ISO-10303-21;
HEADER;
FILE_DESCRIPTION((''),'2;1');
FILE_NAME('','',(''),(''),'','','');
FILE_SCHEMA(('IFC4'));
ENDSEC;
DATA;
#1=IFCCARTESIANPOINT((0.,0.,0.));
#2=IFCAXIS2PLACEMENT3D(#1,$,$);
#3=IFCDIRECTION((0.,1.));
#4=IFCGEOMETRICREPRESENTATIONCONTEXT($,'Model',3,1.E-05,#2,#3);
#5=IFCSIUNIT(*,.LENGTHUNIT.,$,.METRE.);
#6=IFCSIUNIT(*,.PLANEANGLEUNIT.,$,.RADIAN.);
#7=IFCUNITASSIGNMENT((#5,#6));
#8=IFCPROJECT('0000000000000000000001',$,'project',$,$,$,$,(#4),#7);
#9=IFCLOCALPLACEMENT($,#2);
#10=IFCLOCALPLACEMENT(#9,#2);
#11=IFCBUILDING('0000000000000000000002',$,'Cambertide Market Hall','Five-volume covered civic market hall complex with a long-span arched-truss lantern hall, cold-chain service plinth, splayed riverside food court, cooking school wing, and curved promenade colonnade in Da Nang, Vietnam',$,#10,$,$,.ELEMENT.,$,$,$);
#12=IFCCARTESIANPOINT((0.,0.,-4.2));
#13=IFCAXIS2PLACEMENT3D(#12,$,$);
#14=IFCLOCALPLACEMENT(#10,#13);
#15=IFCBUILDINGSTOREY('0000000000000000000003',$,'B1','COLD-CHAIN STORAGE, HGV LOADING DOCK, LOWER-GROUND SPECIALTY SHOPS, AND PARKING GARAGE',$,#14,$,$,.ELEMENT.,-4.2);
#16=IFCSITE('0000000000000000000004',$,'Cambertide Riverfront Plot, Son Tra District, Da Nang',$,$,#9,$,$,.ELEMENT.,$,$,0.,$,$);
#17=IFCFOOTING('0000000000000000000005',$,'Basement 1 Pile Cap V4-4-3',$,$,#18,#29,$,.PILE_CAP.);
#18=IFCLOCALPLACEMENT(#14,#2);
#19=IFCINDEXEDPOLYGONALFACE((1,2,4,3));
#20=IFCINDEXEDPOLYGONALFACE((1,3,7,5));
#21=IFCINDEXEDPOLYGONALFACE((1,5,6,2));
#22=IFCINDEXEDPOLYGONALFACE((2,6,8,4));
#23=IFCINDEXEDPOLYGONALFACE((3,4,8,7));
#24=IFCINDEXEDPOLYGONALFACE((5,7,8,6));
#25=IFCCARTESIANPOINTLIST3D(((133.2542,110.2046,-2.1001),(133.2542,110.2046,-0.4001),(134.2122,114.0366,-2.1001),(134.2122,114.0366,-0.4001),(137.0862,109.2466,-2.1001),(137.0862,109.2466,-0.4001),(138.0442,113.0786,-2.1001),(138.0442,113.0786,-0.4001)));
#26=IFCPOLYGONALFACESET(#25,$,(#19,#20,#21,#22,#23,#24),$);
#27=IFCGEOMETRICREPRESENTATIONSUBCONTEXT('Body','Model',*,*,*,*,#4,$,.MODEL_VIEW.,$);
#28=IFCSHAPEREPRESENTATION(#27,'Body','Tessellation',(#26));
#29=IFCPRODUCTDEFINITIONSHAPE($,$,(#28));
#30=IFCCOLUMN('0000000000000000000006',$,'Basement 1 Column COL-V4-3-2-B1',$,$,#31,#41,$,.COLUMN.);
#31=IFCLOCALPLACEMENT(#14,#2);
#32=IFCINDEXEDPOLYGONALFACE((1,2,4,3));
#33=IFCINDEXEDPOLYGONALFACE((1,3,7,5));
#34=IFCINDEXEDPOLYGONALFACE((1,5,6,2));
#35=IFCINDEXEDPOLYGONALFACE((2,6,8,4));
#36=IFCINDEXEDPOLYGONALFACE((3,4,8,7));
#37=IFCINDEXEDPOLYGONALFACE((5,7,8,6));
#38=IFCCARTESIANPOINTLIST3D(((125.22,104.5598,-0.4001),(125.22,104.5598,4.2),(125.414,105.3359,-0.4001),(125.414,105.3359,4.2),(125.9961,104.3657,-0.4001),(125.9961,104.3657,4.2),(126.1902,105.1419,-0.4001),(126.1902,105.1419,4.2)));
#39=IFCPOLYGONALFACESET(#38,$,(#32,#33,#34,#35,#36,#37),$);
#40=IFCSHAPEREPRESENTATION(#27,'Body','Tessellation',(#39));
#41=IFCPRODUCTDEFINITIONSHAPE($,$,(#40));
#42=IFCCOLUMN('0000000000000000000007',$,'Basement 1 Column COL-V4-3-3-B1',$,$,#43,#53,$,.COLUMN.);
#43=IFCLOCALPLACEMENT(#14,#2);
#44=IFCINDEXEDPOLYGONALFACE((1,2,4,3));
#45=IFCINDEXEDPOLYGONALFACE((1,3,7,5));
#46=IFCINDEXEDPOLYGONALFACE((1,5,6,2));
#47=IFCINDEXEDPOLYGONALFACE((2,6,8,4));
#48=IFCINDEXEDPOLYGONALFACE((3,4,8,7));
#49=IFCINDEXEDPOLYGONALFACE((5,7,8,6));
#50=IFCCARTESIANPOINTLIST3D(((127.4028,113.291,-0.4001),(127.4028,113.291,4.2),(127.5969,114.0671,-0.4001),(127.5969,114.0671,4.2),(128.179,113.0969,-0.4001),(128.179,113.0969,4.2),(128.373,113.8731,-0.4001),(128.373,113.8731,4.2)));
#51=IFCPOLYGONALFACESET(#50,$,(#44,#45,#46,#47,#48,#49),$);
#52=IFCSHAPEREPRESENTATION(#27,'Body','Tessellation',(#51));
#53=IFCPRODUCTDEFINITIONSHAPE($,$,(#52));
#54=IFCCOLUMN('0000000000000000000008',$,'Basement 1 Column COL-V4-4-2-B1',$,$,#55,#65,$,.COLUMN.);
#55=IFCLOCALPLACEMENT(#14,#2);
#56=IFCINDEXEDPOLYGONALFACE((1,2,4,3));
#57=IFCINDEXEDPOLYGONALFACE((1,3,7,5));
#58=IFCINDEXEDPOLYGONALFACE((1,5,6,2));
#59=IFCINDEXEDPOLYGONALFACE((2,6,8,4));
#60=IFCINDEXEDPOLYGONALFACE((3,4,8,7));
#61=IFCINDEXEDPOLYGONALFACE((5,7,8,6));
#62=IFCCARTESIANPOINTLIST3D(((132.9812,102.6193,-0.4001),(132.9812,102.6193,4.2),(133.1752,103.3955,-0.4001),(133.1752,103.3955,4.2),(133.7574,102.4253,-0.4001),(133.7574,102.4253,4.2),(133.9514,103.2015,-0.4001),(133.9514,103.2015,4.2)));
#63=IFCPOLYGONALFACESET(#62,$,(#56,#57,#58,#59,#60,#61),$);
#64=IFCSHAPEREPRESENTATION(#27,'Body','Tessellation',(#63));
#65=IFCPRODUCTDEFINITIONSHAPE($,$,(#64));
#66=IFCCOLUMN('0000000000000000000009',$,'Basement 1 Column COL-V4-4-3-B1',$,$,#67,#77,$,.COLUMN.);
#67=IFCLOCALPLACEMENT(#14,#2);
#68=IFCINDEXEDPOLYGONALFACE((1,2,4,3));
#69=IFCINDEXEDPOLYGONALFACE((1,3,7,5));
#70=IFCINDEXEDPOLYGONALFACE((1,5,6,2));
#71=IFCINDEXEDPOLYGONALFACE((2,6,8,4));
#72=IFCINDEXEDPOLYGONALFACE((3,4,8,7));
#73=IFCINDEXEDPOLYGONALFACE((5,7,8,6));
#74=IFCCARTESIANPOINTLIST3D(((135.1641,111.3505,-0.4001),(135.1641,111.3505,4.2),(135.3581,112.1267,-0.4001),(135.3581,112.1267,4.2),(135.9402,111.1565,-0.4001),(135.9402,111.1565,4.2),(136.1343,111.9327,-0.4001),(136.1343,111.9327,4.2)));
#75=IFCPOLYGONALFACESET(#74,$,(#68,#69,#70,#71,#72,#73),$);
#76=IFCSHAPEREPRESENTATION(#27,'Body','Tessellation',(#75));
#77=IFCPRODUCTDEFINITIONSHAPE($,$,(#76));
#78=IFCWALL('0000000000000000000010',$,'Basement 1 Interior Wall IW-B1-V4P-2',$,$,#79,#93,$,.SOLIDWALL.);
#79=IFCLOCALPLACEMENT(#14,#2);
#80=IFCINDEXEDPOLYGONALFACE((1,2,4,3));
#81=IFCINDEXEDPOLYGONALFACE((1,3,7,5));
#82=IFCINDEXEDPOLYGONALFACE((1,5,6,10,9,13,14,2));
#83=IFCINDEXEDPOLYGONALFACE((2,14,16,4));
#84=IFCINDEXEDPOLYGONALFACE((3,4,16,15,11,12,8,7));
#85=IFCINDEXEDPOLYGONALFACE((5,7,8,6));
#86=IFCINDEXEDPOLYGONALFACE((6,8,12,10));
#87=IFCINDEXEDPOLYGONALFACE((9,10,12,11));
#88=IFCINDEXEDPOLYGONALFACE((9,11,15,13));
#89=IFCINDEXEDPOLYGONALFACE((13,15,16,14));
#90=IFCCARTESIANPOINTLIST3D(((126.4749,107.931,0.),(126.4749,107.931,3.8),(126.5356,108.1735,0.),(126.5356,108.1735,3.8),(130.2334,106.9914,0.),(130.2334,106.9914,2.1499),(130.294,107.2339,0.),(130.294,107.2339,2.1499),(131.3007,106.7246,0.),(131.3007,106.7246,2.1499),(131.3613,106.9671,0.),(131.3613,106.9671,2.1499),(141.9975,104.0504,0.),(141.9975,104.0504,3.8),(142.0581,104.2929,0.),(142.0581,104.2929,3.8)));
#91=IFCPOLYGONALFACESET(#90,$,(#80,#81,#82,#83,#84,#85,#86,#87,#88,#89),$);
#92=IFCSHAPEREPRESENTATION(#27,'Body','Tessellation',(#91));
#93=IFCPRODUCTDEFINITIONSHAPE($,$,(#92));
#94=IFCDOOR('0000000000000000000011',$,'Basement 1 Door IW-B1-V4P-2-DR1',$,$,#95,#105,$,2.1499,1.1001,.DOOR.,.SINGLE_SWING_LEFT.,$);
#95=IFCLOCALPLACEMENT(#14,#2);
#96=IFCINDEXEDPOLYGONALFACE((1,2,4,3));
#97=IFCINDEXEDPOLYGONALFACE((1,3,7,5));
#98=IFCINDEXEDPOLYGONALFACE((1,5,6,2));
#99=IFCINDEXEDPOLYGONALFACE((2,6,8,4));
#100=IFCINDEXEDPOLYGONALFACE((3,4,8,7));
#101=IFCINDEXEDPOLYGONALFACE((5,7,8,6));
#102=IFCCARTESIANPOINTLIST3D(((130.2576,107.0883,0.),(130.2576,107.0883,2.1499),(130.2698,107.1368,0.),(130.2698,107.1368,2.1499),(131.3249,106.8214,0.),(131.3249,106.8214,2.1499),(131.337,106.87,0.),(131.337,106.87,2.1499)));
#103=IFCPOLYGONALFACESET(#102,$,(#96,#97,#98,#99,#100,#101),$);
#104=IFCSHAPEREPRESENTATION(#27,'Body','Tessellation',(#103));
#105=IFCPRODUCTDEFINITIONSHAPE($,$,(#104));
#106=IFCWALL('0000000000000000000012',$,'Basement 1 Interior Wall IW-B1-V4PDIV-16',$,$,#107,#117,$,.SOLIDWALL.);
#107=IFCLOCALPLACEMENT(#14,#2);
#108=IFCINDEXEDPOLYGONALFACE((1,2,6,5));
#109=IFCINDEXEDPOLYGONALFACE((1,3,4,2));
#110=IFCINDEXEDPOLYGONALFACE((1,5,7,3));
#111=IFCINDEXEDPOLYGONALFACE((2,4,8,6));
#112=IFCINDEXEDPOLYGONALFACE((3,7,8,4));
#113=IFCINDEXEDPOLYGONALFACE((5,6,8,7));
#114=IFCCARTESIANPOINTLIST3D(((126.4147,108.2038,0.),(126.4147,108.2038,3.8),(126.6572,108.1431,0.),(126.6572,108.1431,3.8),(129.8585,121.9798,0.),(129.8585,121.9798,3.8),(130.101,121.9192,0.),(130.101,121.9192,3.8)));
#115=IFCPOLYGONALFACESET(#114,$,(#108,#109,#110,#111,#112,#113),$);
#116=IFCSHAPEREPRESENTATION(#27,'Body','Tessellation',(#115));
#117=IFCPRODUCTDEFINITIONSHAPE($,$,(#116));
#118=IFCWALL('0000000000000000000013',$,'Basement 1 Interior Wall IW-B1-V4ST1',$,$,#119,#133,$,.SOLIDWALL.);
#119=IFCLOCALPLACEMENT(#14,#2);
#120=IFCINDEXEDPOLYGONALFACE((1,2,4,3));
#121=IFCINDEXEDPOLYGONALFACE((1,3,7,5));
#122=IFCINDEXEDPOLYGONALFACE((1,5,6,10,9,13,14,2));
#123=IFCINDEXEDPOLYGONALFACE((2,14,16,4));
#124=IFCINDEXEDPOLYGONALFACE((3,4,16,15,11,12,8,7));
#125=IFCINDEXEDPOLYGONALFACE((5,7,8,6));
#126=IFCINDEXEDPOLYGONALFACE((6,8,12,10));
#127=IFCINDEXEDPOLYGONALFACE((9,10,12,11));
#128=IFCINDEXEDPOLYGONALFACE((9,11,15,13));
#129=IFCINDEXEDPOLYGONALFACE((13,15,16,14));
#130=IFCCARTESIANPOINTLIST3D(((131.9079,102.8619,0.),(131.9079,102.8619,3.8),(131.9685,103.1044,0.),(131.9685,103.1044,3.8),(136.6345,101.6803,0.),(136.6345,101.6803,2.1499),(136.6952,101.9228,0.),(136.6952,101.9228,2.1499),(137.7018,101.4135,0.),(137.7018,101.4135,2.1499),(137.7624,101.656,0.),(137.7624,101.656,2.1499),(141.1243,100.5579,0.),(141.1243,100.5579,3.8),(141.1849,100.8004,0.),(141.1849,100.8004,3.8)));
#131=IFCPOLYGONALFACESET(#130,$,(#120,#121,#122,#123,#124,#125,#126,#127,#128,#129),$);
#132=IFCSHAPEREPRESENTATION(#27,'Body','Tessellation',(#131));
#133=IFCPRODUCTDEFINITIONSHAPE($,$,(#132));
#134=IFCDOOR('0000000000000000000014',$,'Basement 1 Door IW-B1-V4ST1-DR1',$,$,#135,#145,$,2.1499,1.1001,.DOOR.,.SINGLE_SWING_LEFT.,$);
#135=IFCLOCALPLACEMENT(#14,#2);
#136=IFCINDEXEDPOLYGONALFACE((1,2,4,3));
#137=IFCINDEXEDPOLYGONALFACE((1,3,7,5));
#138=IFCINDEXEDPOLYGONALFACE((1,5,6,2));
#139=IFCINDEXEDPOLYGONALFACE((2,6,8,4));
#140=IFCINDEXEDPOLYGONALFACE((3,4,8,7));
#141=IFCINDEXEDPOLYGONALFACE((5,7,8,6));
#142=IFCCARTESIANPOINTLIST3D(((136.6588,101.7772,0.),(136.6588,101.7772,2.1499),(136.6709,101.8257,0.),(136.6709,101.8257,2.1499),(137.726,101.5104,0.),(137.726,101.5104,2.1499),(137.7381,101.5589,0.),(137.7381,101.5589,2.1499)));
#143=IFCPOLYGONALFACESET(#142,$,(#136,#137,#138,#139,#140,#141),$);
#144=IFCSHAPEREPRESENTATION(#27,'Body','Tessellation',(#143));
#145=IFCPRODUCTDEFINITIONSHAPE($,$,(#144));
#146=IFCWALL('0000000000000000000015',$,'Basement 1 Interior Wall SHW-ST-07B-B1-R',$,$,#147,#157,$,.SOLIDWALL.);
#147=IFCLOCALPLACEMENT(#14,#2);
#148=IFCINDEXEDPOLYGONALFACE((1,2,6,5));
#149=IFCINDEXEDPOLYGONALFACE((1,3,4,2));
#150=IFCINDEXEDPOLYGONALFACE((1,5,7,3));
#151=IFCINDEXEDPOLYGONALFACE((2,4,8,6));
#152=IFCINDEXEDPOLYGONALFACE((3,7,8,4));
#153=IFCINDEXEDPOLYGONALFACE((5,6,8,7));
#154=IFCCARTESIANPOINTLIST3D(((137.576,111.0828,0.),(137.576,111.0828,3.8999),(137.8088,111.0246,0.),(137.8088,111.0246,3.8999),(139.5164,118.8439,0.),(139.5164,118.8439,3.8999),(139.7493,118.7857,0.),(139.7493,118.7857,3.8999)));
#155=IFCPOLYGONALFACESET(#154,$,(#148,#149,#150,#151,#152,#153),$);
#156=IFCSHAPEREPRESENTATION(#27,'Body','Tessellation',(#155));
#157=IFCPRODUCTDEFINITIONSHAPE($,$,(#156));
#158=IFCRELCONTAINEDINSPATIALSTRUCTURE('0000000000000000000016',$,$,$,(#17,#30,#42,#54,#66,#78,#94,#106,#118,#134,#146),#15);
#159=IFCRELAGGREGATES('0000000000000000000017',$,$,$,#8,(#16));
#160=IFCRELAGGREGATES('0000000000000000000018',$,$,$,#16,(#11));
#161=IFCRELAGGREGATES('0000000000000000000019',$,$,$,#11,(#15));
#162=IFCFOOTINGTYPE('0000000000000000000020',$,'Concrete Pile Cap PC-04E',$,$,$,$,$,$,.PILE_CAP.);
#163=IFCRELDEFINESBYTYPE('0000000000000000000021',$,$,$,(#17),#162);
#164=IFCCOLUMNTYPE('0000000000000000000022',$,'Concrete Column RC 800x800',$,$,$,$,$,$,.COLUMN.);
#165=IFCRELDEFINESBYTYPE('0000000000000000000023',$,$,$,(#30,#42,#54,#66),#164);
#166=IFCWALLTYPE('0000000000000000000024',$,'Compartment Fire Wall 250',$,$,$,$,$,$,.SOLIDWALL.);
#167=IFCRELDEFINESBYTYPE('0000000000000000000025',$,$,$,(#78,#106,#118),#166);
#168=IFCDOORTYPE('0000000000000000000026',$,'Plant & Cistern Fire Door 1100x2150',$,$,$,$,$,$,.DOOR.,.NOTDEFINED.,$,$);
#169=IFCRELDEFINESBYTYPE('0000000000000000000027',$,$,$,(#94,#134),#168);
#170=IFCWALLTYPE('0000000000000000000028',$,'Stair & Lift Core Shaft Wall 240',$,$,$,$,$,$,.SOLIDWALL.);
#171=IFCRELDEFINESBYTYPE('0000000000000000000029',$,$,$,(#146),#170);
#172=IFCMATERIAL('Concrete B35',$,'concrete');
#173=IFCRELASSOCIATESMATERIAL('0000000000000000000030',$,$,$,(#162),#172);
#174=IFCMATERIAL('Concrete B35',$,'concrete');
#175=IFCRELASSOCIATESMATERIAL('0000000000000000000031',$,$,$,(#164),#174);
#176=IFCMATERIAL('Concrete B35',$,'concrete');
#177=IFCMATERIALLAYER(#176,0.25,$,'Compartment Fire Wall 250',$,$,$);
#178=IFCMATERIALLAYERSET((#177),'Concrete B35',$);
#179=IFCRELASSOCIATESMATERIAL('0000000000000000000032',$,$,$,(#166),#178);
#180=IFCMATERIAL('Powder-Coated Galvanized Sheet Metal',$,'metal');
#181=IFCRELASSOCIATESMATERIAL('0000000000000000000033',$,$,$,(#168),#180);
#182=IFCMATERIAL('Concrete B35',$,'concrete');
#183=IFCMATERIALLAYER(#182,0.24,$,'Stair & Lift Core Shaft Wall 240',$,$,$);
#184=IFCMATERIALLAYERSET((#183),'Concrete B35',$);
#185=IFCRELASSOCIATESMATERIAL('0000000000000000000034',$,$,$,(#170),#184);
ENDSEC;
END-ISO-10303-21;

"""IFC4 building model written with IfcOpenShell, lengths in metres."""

from ifc_helpers import new_model, si_unit, direction, frame, frame_2d, origin, origin_2d, place, context, subcontext, project, spatial, rectangle, extrude, material, layer, layer_set, material_profile, profile_set, type_object, element, fill, save


model = new_model("IFC4")

# Units and contexts
model_context = context("Model", 3, precision=1e-05, world=origin(), true_north=direction((0.0, 1.0)))
body_context = subcontext(model_context, "Body", "Model", "MODEL_VIEW")
ifc_project = project(units=[si_unit("LENGTHUNIT", "METRE"), si_unit("PLANEANGLEUNIT", "RADIAN")], contexts=[model_context])

# Site, building, storey
site_placement = place(None, origin())
site = spatial("IfcSite", under=ifc_project, at=site_placement, Name="Cambertide Riverfront Plot, Son Tra District, Da Nang", CompositionType="ELEMENT", RefElevation=0.0)
building_placement = place(site_placement, origin())
building = spatial("IfcBuilding", under=site, at=building_placement, Name="Cambertide Market Hall", Description="Five-volume covered civic market hall complex with a long-span arched-truss lantern hall, cold-chain service plinth, splayed riverside food court, cooking school wing, and curved promenade colonnade in Da Nang, Vietnam", CompositionType="ELEMENT")
storey_placement = place(building_placement, frame((0.0, 0.0, -4.2)))
storey = spatial("IfcBuildingStorey", under=building, at=storey_placement, Name="B1", Description="COLD-CHAIN STORAGE, HGV LOADING DOCK, LOWER-GROUND SPECIALTY SHOPS, AND PARKING GARAGE", CompositionType="ELEMENT", Elevation=-4.2)

# Footing
ifc_material_1 = material(Name="Concrete B35", Category="concrete")
footing_type_1 = type_object("IfcFootingType", Name="Concrete Pile Cap PC-04E", PredefinedType="PILE_CAP", material=ifc_material_1)
footing_placement = place(storey_placement, frame((135.6492, 111.6416, -2.1001), z_axis=(0.0, 0.0, 1.0), x_axis=(0.970143, -0.242536, 0.0)))
element("IfcFooting", 1, at=footing_placement, inside=storey, type_object=footing_type_1, Name="Basement 1 Pile Cap V4-4-3", PredefinedType="PILE_CAP", context=body_context, shape_type="SweptSolid", body=[
    extrude(rectangle(XDim=3.95, YDim=3.95, at=origin_2d()), origin(), (0.0, 0.0, 1.0), 1.7),
])

# Columns
ifc_material_2 = material(Name="Concrete B35", Category="concrete")
ifc_material_profile_1 = material_profile(ifc_material_2, rectangle(XDim=0.8, YDim=0.8, at=origin_2d()), Name="RC 800x800")
ifc_profile_set_1 = profile_set([ifc_material_profile_1], Name="Concrete B35")
column_type = type_object("IfcColumnType", Name="Concrete Column RC 800x800", PredefinedType="COLUMN", material=ifc_profile_set_1)
for number, where, z_axis, x_axis, name in (
    (2, (125.7051, 104.8508, -0.4001), (0.0, 0.0, 1.0), (0.970143, -0.242536, 0.0), "Basement 1 Column COL-V4-3-2-B1"),
    (3, (127.8879, 113.582, -0.4001), (0.0, 0.0, 1.0), (0.970143, -0.242536, 0.0), "Basement 1 Column COL-V4-3-3-B1"),
    (4, (133.4663, 102.9104, -0.4001), (0.0, 0.0, 1.0), (0.970143, -0.242536, 0.0), "Basement 1 Column COL-V4-4-2-B1"),
    (5, (135.6492, 111.6416, -0.4001), (0.0, 0.0, 1.0), (0.970143, -0.242536, 0.0), "Basement 1 Column COL-V4-4-3-B1"),
):
    element("IfcColumn", number, at=place(storey_placement, frame(where, z_axis=z_axis, x_axis=x_axis)), inside=storey, type_object=column_type, Name=name, PredefinedType="COLUMN", context=body_context, shape_type="SweptSolid", body=[
        extrude(rectangle(XDim=0.8, YDim=0.8, at=origin_2d()), origin(), (0.0, 0.0, 1.0), 4.6001),
    ])

# Wall, opening, door
ifc_material_3 = material(Name="Concrete B35", Category="concrete")
ifc_layer_1 = layer(ifc_material_3, 0.25, Name="Compartment Fire Wall 250")
ifc_layer_set_1 = layer_set([ifc_layer_1], Name="Concrete B35")
wall_type_1 = type_object("IfcWallType", Name="Compartment Fire Wall 250", PredefinedType="SOLIDWALL", material=ifc_layer_set_1)
wall_1_placement = place(storey_placement, frame((126.5054, 108.0522, 0.0), z_axis=(0.0, 0.0, 1.0), x_axis=(0.970143, -0.242536, 0.0)))
wall_1 = element("IfcWall", 6, at=wall_1_placement, inside=storey, type_object=wall_type_1, Name="Basement 1 Interior Wall IW-B1-V4P-2", PredefinedType="SOLIDWALL", context=body_context, shape_type="SweptSolid", body=[
    extrude(rectangle(XDim=16.0002, YDim=0.25, at=frame_2d((8.0, 0.0))), origin(), (0.0, 0.0, 1.0), 3.8),
])
opening_1_placement = place(wall_1_placement, frame((3.874, 0.0, 0.0)))
opening_1 = element("IfcOpeningElement", 7, at=opening_1_placement, cuts=wall_1, PredefinedType="OPENING", context=body_context, shape_type="SweptSolid", body=[
    extrude(rectangle(XDim=1.1001, YDim=2.1499, at=frame_2d((0.55, 1.075))), frame((0.0, 0.135, 0.0), z_axis=(0.0, -1.0, 0.0), x_axis=(1.0, 0.0, 0.0)), (0.0, 0.0, 1.0), 0.27),
])
ifc_material_4 = material(Name="Powder-Coated Galvanized Sheet Metal", Category="metal")
door_type = type_object("IfcDoorType", Name="Plant & Cistern Fire Door 1100x2150", OperationType="NOTDEFINED", PredefinedType="DOOR", material=ifc_material_4)
door_1_placement = place(opening_1_placement, origin())
door_1 = element("IfcDoor", 8, at=door_1_placement, inside=storey, type_object=door_type, Name="Basement 1 Door IW-B1-V4P-2-DR1", OperationType="SINGLE_SWING_LEFT", OverallHeight=2.1499, OverallWidth=1.1001, PredefinedType="DOOR", context=body_context, shape_type="SweptSolid", body=[
    extrude(rectangle(XDim=1.1001, YDim=2.1499, at=frame_2d((0.55, 1.075))), frame((0.0, 0.0249, 0.0), z_axis=(0.0, -1.0, 0.0), x_axis=(1.0, 0.0, 0.0)), (0.0, 0.0, 1.0), 0.05),
])
fill(opening_1, door_1)

# Wall
wall_2_placement = place(storey_placement, frame((126.5359, 108.1733, 0.0), z_axis=(0.0, 0.0, 1.0), x_axis=(0.242523, 0.970146, 0.0)))
element("IfcWall", 9, at=wall_2_placement, inside=storey, type_object=wall_type_1, Name="Basement 1 Interior Wall IW-B1-V4PDIV-16", PredefinedType="SOLIDWALL", context=body_context, shape_type="SweptSolid", body=[
    extrude(rectangle(XDim=14.2, YDim=0.25, at=frame_2d((7.1001, 0.0))), origin(), (0.0, 0.0, 1.0), 3.8),
])

# Wall, opening, door
wall_3_placement = place(storey_placement, frame((131.9382, 102.9832, 0.0), z_axis=(0.0, 0.0, 1.0), x_axis=(0.970146, -0.242524, 0.0)))
wall_3 = element("IfcWall", 10, at=wall_3_placement, inside=storey, type_object=wall_type_1, Name="Basement 1 Interior Wall IW-B1-V4ST1", PredefinedType="SOLIDWALL", context=body_context, shape_type="SweptSolid", body=[
    extrude(rectangle(XDim=9.5, YDim=0.25, at=frame_2d((4.75, 0.0))), origin(), (0.0, 0.0, 1.0), 3.8),
])
opening_2_placement = place(wall_3_placement, frame((4.8721, 0.0, 0.0)))
opening_2 = element("IfcOpeningElement", 11, at=opening_2_placement, cuts=wall_3, PredefinedType="OPENING", context=body_context, shape_type="SweptSolid", body=[
    extrude(rectangle(XDim=1.1001, YDim=2.1499, at=frame_2d((0.55, 1.075))), frame((0.0, 0.135, 0.0), z_axis=(0.0, -1.0, 0.0), x_axis=(1.0, 0.0, 0.0)), (0.0, 0.0, 1.0), 0.27),
])
door_2_placement = place(opening_2_placement, origin())
door_2 = element("IfcDoor", 12, at=door_2_placement, inside=storey, type_object=door_type, Name="Basement 1 Door IW-B1-V4ST1-DR1", OperationType="SINGLE_SWING_LEFT", OverallHeight=2.1499, OverallWidth=1.1001, PredefinedType="DOOR", context=body_context, shape_type="SweptSolid", body=[
    extrude(rectangle(XDim=1.1001, YDim=2.1499, at=frame_2d((0.55, 1.075))), frame((0.0, 0.0249, 0.0), z_axis=(0.0, -1.0, 0.0), x_axis=(1.0, 0.0, 0.0)), (0.0, 0.0, 1.0), 0.05),
])
fill(opening_2, door_2)

# Wall
ifc_material_5 = material(Name="Concrete B35", Category="concrete")
ifc_layer_2 = layer(ifc_material_5, 0.24, Name="Stair & Lift Core Shaft Wall 240")
ifc_layer_set_2 = layer_set([ifc_layer_2], Name="Concrete B35")
wall_type_2 = type_object("IfcWallType", Name="Stair & Lift Core Shaft Wall 240", PredefinedType="SOLIDWALL", material=ifc_layer_set_2)
wall_4_placement = place(storey_placement, frame((137.6924, 111.0537, 0.0), z_axis=(0.0, 0.0, 1.0), x_axis=(0.242557, 0.970137, 0.0)))
element("IfcWall", 13, at=wall_4_placement, inside=storey, type_object=wall_type_2, Name="Basement 1 Interior Wall SHW-ST-07B-B1-R", PredefinedType="SOLIDWALL", context=body_context, shape_type="SweptSolid", body=[
    extrude(rectangle(XDim=8.0, YDim=0.24, at=frame_2d((4.0, 0.0))), origin(), (0.0, 0.0, 1.0), 3.8999),
])

save(model, "model.ifc")
